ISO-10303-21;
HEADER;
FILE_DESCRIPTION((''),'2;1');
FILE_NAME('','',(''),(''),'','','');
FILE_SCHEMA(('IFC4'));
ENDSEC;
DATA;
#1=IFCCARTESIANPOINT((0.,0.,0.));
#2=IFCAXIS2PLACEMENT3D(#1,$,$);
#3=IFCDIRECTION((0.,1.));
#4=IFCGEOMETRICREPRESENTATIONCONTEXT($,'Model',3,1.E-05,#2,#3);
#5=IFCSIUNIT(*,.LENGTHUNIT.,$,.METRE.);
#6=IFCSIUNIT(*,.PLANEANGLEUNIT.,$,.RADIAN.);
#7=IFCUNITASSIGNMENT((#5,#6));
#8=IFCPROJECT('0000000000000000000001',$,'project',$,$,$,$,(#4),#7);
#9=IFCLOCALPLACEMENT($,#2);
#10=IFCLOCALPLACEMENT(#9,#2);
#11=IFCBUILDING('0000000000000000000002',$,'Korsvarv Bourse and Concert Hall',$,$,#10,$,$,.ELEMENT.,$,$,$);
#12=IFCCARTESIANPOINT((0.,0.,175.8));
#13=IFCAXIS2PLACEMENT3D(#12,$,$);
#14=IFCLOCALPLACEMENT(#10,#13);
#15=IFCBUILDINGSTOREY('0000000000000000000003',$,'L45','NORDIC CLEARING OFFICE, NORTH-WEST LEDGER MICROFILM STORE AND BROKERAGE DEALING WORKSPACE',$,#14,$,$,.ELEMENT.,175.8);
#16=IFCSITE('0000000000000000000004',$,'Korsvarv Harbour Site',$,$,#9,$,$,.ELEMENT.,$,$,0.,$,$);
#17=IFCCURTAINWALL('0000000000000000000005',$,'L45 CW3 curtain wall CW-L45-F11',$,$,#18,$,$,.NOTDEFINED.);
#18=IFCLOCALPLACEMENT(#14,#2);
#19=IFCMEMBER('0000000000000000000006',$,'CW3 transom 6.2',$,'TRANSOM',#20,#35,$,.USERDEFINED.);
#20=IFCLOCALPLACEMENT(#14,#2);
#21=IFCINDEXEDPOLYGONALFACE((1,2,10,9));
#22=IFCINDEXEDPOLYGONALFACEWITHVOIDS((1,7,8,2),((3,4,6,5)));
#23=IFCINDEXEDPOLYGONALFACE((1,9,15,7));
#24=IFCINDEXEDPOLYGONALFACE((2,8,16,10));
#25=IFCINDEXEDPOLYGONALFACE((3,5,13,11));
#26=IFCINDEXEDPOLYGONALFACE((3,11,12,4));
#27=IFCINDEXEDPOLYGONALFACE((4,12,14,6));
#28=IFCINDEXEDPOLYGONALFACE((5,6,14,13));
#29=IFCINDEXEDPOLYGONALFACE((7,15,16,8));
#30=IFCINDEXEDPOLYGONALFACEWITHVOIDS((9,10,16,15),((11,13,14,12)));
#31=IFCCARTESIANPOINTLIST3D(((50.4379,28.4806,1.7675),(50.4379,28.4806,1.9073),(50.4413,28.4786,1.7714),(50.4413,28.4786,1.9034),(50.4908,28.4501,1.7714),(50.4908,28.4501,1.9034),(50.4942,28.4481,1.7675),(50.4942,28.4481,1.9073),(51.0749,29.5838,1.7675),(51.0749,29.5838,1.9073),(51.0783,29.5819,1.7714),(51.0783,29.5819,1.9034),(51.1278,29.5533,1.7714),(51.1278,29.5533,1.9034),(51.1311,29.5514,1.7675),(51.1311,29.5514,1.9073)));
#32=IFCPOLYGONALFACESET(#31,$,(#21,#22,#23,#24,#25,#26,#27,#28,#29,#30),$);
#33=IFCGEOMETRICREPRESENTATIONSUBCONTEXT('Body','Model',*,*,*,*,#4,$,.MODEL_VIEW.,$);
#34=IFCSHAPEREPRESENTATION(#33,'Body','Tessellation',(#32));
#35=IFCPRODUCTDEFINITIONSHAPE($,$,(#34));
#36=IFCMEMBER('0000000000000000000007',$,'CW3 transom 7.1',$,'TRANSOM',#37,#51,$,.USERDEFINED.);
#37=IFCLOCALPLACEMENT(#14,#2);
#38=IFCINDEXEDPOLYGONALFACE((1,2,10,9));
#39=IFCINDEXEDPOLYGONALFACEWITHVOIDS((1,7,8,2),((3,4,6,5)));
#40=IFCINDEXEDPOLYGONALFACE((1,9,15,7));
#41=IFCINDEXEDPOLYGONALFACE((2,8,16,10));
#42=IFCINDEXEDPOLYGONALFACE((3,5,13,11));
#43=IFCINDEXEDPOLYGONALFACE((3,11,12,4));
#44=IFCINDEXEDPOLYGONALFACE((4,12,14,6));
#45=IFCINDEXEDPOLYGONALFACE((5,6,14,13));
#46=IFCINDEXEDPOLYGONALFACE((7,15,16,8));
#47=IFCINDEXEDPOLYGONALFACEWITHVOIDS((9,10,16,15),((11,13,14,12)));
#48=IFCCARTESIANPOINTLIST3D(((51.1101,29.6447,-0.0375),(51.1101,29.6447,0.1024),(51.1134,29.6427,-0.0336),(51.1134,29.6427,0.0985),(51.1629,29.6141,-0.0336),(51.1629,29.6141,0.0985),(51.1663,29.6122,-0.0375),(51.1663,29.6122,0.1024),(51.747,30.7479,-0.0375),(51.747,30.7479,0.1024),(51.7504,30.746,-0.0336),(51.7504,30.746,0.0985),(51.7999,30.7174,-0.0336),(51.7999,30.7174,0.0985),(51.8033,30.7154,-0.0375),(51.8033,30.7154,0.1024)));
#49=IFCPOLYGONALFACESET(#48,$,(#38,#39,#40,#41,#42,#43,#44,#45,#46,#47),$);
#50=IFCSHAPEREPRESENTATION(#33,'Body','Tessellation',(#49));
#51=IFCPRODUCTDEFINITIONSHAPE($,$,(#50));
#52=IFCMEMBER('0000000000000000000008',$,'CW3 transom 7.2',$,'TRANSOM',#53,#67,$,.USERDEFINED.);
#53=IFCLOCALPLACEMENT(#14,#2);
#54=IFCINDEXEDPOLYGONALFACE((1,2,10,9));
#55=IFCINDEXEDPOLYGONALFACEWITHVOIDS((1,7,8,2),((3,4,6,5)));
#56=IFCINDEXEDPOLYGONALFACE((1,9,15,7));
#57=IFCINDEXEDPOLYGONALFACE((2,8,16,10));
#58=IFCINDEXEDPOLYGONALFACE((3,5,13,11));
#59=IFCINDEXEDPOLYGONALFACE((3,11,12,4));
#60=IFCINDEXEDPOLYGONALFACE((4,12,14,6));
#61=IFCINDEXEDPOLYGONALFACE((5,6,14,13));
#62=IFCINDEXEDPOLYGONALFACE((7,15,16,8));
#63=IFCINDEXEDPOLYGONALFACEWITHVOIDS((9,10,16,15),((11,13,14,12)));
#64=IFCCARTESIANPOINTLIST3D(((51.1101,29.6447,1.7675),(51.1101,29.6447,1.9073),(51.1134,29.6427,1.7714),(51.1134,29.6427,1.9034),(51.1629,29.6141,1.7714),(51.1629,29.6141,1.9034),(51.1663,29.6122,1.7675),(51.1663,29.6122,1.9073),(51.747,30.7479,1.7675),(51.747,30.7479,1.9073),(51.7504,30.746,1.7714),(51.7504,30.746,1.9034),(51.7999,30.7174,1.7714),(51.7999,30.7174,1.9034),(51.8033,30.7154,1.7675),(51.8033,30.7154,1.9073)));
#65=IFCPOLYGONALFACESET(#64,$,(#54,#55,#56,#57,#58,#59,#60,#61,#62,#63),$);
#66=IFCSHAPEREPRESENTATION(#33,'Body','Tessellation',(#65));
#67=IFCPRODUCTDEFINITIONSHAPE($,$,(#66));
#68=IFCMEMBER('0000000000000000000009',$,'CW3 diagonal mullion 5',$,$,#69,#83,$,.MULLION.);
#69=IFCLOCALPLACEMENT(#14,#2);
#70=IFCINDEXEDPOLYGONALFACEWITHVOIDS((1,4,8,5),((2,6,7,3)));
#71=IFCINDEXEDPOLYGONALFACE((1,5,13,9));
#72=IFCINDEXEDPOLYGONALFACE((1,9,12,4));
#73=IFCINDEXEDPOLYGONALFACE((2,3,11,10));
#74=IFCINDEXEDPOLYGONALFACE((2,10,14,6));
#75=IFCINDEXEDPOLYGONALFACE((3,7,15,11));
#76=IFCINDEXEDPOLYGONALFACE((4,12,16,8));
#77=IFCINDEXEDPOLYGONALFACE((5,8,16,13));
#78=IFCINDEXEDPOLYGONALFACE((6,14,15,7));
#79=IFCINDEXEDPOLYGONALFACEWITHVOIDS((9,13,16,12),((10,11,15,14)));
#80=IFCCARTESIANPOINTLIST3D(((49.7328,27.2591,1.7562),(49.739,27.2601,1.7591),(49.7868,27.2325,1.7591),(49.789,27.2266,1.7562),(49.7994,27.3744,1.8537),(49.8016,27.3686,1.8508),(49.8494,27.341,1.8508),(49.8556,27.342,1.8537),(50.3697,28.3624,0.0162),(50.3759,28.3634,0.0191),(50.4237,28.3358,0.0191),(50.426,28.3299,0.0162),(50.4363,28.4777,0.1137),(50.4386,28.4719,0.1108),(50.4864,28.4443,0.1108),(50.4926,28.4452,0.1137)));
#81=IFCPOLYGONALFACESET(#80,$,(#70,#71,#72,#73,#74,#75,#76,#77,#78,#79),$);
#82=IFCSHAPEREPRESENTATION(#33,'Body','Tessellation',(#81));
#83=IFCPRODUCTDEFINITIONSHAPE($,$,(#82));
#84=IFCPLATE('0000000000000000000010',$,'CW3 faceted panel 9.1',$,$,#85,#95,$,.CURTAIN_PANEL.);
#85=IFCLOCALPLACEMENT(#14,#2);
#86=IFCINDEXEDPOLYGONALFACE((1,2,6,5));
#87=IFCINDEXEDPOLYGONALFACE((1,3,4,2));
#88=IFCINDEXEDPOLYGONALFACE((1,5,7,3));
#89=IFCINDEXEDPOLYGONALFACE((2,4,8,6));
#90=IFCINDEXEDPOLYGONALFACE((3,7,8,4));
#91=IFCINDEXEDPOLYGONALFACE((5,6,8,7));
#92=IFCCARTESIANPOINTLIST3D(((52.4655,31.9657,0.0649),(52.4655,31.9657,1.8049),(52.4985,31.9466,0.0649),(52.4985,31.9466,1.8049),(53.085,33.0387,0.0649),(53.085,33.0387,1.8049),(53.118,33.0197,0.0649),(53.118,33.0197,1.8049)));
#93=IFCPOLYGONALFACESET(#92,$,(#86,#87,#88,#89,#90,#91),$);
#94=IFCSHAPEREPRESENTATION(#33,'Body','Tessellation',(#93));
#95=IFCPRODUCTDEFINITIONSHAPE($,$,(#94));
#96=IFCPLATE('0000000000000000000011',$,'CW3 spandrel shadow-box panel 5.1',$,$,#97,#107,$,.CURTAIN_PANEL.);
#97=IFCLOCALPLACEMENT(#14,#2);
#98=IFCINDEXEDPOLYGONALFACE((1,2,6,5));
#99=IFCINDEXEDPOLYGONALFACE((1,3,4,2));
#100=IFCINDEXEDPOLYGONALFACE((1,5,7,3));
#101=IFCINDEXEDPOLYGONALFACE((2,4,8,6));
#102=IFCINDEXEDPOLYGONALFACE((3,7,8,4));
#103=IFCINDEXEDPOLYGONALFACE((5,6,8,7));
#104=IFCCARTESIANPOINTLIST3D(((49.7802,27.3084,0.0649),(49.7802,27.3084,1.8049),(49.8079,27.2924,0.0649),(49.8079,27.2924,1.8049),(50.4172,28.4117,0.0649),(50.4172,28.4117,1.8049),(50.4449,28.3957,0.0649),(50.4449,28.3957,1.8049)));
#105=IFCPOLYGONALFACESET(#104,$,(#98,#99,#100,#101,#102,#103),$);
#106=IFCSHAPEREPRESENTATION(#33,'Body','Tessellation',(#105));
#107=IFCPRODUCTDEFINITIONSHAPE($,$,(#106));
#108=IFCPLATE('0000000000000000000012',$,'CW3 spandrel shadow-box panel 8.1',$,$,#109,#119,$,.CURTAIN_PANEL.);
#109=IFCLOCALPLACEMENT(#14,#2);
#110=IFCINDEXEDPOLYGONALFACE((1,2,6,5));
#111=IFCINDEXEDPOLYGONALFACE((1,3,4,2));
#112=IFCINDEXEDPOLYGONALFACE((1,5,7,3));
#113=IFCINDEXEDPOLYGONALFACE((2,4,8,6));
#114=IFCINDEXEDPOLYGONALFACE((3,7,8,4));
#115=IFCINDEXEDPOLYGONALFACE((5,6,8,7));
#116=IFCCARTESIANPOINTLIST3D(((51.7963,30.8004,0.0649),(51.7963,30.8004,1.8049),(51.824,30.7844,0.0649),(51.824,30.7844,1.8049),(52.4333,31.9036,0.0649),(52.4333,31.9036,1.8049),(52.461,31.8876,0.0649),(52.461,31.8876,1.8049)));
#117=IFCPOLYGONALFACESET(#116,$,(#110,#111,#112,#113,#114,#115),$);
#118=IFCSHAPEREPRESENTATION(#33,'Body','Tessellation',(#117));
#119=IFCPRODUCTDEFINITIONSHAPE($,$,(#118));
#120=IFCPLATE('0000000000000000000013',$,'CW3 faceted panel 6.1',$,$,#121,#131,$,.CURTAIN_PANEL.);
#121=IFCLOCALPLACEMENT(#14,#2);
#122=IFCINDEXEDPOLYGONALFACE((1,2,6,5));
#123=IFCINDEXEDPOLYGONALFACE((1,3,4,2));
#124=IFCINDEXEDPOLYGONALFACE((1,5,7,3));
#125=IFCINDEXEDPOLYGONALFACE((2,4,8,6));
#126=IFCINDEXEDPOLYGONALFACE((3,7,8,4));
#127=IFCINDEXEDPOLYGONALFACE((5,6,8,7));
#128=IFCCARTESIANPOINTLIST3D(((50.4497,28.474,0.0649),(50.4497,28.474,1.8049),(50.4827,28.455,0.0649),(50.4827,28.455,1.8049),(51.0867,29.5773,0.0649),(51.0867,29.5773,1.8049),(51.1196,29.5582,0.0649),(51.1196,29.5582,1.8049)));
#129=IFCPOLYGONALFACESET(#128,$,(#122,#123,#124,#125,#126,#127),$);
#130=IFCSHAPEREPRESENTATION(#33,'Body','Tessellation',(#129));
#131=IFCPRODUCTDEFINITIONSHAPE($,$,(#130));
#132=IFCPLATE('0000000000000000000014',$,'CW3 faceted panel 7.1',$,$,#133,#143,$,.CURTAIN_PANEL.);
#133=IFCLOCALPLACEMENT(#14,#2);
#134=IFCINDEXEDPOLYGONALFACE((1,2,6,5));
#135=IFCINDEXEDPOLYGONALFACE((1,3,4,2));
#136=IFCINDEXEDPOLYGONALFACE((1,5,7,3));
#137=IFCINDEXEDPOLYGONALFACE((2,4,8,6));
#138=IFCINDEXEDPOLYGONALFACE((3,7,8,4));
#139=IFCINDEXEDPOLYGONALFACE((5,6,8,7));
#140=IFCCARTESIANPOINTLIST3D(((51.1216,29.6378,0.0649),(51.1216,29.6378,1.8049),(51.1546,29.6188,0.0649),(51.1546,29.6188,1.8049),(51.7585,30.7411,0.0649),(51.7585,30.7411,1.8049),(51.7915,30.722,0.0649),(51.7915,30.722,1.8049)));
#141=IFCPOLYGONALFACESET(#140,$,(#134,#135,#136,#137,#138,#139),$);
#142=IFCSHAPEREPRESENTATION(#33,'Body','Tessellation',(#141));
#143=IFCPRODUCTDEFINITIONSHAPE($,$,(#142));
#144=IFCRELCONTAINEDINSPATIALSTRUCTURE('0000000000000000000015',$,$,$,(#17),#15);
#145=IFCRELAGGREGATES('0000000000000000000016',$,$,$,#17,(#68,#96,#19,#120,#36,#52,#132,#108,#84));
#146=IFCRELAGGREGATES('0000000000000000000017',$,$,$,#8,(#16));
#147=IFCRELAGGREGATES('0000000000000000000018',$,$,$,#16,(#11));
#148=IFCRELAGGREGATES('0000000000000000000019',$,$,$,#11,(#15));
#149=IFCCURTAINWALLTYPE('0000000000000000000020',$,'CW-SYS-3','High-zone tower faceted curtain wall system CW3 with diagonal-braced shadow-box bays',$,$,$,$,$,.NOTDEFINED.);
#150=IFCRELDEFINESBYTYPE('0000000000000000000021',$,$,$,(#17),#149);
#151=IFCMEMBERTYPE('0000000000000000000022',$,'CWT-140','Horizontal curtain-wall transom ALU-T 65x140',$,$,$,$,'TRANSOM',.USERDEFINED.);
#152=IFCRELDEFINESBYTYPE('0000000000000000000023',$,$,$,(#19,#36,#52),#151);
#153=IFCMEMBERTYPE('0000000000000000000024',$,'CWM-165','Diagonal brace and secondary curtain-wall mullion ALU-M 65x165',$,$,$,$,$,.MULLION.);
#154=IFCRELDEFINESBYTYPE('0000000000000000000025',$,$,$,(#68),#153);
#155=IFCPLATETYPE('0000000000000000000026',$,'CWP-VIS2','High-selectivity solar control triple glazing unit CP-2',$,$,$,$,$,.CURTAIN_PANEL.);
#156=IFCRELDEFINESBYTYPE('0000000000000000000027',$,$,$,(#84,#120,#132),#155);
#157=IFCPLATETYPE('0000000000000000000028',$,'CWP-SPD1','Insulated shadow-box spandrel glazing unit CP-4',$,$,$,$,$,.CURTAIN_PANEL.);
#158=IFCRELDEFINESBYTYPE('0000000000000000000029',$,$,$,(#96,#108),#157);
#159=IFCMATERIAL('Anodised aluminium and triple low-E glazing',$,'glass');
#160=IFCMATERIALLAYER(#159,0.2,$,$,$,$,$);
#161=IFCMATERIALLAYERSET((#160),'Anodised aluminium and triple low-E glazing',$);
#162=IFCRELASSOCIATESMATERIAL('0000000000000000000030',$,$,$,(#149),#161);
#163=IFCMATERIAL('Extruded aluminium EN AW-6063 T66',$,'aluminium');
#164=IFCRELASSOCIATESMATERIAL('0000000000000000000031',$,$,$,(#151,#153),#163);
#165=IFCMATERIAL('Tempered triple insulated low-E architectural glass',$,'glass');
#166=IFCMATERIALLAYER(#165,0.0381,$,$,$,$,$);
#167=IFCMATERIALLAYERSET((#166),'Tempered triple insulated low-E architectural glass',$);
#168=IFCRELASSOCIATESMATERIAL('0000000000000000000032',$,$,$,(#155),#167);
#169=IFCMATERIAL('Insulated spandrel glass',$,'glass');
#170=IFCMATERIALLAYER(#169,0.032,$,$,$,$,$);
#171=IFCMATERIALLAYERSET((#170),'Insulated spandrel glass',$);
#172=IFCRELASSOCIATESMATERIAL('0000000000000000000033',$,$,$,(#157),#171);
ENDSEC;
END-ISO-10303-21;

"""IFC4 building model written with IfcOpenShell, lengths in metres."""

from ifc_helpers import new_model, si_unit, direction, frame, origin, origin_2d, place, context, subcontext, project, spatial, rectangle, hollow_rectangle, extrude, source, transform, mapped, material, layer, layer_set, material_profile, profile_set, type_object, element, aggregate, save


model = new_model("IFC4")

# Units and contexts
model_context = context("Model", 3, precision=1e-05, world=origin(), true_north=direction((0.0, 1.0)))
body_context = subcontext(model_context, "Body", "Model", "MODEL_VIEW")
ifc_project = project(units=[si_unit("LENGTHUNIT", "METRE"), si_unit("PLANEANGLEUNIT", "RADIAN")], contexts=[model_context])

# Site, building, storey
site_placement = place(None, origin())
site = spatial("IfcSite", under=ifc_project, at=site_placement, Name="Korsvarv Harbour Site", CompositionType="ELEMENT", RefElevation=0.0)
building_placement = place(site_placement, origin())
building = spatial("IfcBuilding", under=site, at=building_placement, Name="Korsvarv Bourse and Concert Hall", CompositionType="ELEMENT")
storey_placement = place(building_placement, frame((0.0, 0.0, 175.8)))
storey = spatial("IfcBuildingStorey", under=building, at=storey_placement, Name="L45", Description="NORDIC CLEARING OFFICE, NORTH-WEST LEDGER MICROFILM STORE AND BROKERAGE DEALING WORKSPACE", CompositionType="ELEMENT", Elevation=175.8)

# Curtain wall, members, plates
ifc_material_1 = material(Name="Anodised aluminium and triple low-E glazing", Category="glass")
ifc_layer_1 = layer(ifc_material_1, 0.2)
ifc_layer_set_1 = layer_set([ifc_layer_1], Name="Anodised aluminium and triple low-E glazing")
curtain_wall_type = type_object("IfcCurtainWallType", Name="CW-SYS-3", Description="High-zone tower faceted curtain wall system CW3 with diagonal-braced shadow-box bays", PredefinedType="NOTDEFINED", material=ifc_layer_set_1)
curtain_wall_placement = place(storey_placement, origin())
curtain_wall = element("IfcCurtainWall", 1, at=curtain_wall_placement, inside=storey, type_object=curtain_wall_type, Name="L45 CW3 curtain wall CW-L45-F11", PredefinedType="NOTDEFINED")
ifc_material_2 = material(Name="Extruded aluminium EN AW-6063 T66", Category="aluminium")
ifc_material_profile_1 = material_profile(ifc_material_2, hollow_rectangle(XDim=0.0649, YDim=0.1399, WallThickness=0.0039, at=origin_2d()), Name="ALU-T 65x140")
ifc_profile_set_1 = profile_set([ifc_material_profile_1], Name="Extruded aluminium EN AW-6063 T66")
member_type_1 = type_object("IfcMemberType", Name="CWT-140", Description="Horizontal curtain-wall transom ALU-T 65x140", ElementType="TRANSOM", PredefinedType="USERDEFINED", material=ifc_profile_set_1)
ifc_material_profile_2 = material_profile(ifc_material_2, hollow_rectangle(XDim=0.0649, YDim=0.165, WallThickness=0.0049, at=origin_2d()), Name="ALU-M 65x165")
ifc_profile_set_2 = profile_set([ifc_material_profile_2], Name="Extruded aluminium EN AW-6063 T66")
member_type_2 = type_object("IfcMemberType", Name="CWM-165", Description="Diagonal brace and secondary curtain-wall mullion ALU-M 65x165", PredefinedType="MULLION", material=ifc_profile_set_2)
shared_shape_1 = source(origin(), body_context, "Body", "SweptSolid", [
    extrude(hollow_rectangle(XDim=0.0649, YDim=0.1399, WallThickness=0.0039, at=origin_2d()), origin(), (0.0, 0.0, 1.0), 1.2739),
])
member_1_placement = place(storey_placement, frame((50.4661, 28.4644, 1.8374), z_axis=(0.499993, 0.866029, 0.0), x_axis=(-0.866029, 0.499993, 0.0)))
member_1 = element("IfcMember", 2, at=member_1_placement, type_object=member_type_1, Name="CW3 transom 6.2", ObjectType="TRANSOM", PredefinedType="USERDEFINED", context=body_context, shape_type="MappedRepresentation", body=[
    mapped(shared_shape_1, transform((0.0, 0.0, 0.0), scale=1.0)),
])
member_2_placement = place(storey_placement, frame((51.1382, 29.6284, 0.0325), z_axis=(0.499993, 0.866029, 0.0), x_axis=(-0.866029, 0.499993, 0.0)))
member_2 = element("IfcMember", 3, at=member_2_placement, type_object=member_type_1, Name="CW3 transom 7.1", ObjectType="TRANSOM", PredefinedType="USERDEFINED", context=body_context, shape_type="MappedRepresentation", body=[
    mapped(shared_shape_1, transform((0.0, 0.0, 0.0), scale=1.0)),
])
member_3_placement = place(storey_placement, frame((51.1382, 29.6284, 1.8374), z_axis=(0.499993, 0.866029, 0.0), x_axis=(-0.866029, 0.499993, 0.0)))
member_3 = element("IfcMember", 4, at=member_3_placement, type_object=member_type_1, Name="CW3 transom 7.2", ObjectType="TRANSOM", PredefinedType="USERDEFINED", context=body_context, shape_type="MappedRepresentation", body=[
    mapped(shared_shape_1, transform((0.0, 0.0, 0.0), scale=1.0)),
])
shared_shape_2 = source(origin(), body_context, "Body", "SweptSolid", [
    extrude(hollow_rectangle(XDim=0.0649, YDim=0.165, WallThickness=0.0049, at=origin_2d()), origin(), (0.0, 0.0, 1.0), 2.1565),
])
member_4_placement = place(storey_placement, frame((50.4312, 28.4038, 0.0649), z_axis=(-0.295369, -0.511603, 0.806858), x_axis=(0.866029, -0.499993, 0.0)))
member_4 = element("IfcMember", 5, at=member_4_placement, type_object=member_type_2, Name="CW3 diagonal mullion 5", PredefinedType="MULLION", context=body_context, shape_type="MappedRepresentation", body=[
    mapped(shared_shape_2, transform((0.0, 0.0, 0.0), scale=1.0)),
])
ifc_material_3 = material(Name="Tempered triple insulated low-E architectural glass", Category="glass")
ifc_layer_2 = layer(ifc_material_3, 0.0381)
ifc_layer_set_2 = layer_set([ifc_layer_2], Name="Tempered triple insulated low-E architectural glass")
plate_type_1 = type_object("IfcPlateType", Name="CWP-VIS2", Description="High-selectivity solar control triple glazing unit CP-2", PredefinedType="CURTAIN_PANEL", material=ifc_layer_set_2)
shared_shape_3 = source(origin(), body_context, "Body", "SweptSolid", [
    extrude(rectangle(XDim=1.239, YDim=0.0381, at=origin_2d()), origin(), (0.0, 0.0, 1.0), 1.74),
])
plate_1_placement = place(storey_placement, frame((52.7917, 32.4927, 0.0649), z_axis=(0.0, 0.0, 1.0), x_axis=(0.499994, 0.866029, 0.0)))
plate_1 = element("IfcPlate", 6, at=plate_1_placement, type_object=plate_type_1, Name="CW3 faceted panel 9.1", PredefinedType="CURTAIN_PANEL", context=body_context, shape_type="MappedRepresentation", body=[
    mapped(shared_shape_3, transform((0.0, 0.0, 0.0), scale=1.0)),
])
ifc_material_4 = material(Name="Insulated spandrel glass", Category="glass")
ifc_layer_3 = layer(ifc_material_4, 0.032)
ifc_layer_set_3 = layer_set([ifc_layer_3], Name="Insulated spandrel glass")
plate_type_2 = type_object("IfcPlateType", Name="CWP-SPD1", Description="Insulated shadow-box spandrel glazing unit CP-4", PredefinedType="CURTAIN_PANEL", material=ifc_layer_set_3)
shared_shape_4 = source(origin(), body_context, "Body", "SweptSolid", [
    extrude(rectangle(XDim=1.2739, YDim=0.032, at=origin_2d()), origin(), (0.0, 0.0, 1.0), 1.74),
])
plate_2_placement = place(storey_placement, frame((50.1125, 27.8521, 0.0649), z_axis=(0.0, 0.0, 1.0), x_axis=(0.499994, 0.866029, 0.0)))
plate_2 = element("IfcPlate", 7, at=plate_2_placement, type_object=plate_type_2, Name="CW3 spandrel shadow-box panel 5.1", PredefinedType="CURTAIN_PANEL", context=body_context, shape_type="MappedRepresentation", body=[
    mapped(shared_shape_4, transform((0.0, 0.0, 0.0), scale=1.0)),
])
plate_3_placement = place(storey_placement, frame((52.1287, 31.344, 0.0649), z_axis=(0.0, 0.0, 1.0), x_axis=(0.499994, 0.866029, 0.0)))
plate_3 = element("IfcPlate", 8, at=plate_3_placement, type_object=plate_type_2, Name="CW3 spandrel shadow-box panel 8.1", PredefinedType="CURTAIN_PANEL", context=body_context, shape_type="MappedRepresentation", body=[
    mapped(shared_shape_4, transform((0.0, 0.0, 0.0), scale=1.0)),
])
shared_shape_5 = source(origin(), body_context, "Body", "SweptSolid", [
    extrude(rectangle(XDim=1.2739, YDim=0.0381, at=origin_2d()), origin(), (0.0, 0.0, 1.0), 1.74),
])
plate_4_placement = place(storey_placement, frame((50.7847, 29.0161, 0.0649), z_axis=(0.0, 0.0, 1.0), x_axis=(0.499994, 0.866029, 0.0)))
plate_4 = element("IfcPlate", 9, at=plate_4_placement, type_object=plate_type_1, Name="CW3 faceted panel 6.1", PredefinedType="CURTAIN_PANEL", context=body_context, shape_type="MappedRepresentation", body=[
    mapped(shared_shape_5, transform((0.0, 0.0, 0.0), scale=1.0)),
])
plate_5_placement = place(storey_placement, frame((51.4565, 30.1799, 0.0649), z_axis=(0.0, 0.0, 1.0), x_axis=(0.499994, 0.866029, 0.0)))
plate_5 = element("IfcPlate", 10, at=plate_5_placement, type_object=plate_type_1, Name="CW3 faceted panel 7.1", PredefinedType="CURTAIN_PANEL", context=body_context, shape_type="MappedRepresentation", body=[
    mapped(shared_shape_5, transform((0.0, 0.0, 0.0), scale=1.0)),
])
aggregate(curtain_wall, [member_4, plate_2, member_1, plate_4, member_2, member_3, plate_5, plate_3, plate_1])

save(model, "model.ifc")
